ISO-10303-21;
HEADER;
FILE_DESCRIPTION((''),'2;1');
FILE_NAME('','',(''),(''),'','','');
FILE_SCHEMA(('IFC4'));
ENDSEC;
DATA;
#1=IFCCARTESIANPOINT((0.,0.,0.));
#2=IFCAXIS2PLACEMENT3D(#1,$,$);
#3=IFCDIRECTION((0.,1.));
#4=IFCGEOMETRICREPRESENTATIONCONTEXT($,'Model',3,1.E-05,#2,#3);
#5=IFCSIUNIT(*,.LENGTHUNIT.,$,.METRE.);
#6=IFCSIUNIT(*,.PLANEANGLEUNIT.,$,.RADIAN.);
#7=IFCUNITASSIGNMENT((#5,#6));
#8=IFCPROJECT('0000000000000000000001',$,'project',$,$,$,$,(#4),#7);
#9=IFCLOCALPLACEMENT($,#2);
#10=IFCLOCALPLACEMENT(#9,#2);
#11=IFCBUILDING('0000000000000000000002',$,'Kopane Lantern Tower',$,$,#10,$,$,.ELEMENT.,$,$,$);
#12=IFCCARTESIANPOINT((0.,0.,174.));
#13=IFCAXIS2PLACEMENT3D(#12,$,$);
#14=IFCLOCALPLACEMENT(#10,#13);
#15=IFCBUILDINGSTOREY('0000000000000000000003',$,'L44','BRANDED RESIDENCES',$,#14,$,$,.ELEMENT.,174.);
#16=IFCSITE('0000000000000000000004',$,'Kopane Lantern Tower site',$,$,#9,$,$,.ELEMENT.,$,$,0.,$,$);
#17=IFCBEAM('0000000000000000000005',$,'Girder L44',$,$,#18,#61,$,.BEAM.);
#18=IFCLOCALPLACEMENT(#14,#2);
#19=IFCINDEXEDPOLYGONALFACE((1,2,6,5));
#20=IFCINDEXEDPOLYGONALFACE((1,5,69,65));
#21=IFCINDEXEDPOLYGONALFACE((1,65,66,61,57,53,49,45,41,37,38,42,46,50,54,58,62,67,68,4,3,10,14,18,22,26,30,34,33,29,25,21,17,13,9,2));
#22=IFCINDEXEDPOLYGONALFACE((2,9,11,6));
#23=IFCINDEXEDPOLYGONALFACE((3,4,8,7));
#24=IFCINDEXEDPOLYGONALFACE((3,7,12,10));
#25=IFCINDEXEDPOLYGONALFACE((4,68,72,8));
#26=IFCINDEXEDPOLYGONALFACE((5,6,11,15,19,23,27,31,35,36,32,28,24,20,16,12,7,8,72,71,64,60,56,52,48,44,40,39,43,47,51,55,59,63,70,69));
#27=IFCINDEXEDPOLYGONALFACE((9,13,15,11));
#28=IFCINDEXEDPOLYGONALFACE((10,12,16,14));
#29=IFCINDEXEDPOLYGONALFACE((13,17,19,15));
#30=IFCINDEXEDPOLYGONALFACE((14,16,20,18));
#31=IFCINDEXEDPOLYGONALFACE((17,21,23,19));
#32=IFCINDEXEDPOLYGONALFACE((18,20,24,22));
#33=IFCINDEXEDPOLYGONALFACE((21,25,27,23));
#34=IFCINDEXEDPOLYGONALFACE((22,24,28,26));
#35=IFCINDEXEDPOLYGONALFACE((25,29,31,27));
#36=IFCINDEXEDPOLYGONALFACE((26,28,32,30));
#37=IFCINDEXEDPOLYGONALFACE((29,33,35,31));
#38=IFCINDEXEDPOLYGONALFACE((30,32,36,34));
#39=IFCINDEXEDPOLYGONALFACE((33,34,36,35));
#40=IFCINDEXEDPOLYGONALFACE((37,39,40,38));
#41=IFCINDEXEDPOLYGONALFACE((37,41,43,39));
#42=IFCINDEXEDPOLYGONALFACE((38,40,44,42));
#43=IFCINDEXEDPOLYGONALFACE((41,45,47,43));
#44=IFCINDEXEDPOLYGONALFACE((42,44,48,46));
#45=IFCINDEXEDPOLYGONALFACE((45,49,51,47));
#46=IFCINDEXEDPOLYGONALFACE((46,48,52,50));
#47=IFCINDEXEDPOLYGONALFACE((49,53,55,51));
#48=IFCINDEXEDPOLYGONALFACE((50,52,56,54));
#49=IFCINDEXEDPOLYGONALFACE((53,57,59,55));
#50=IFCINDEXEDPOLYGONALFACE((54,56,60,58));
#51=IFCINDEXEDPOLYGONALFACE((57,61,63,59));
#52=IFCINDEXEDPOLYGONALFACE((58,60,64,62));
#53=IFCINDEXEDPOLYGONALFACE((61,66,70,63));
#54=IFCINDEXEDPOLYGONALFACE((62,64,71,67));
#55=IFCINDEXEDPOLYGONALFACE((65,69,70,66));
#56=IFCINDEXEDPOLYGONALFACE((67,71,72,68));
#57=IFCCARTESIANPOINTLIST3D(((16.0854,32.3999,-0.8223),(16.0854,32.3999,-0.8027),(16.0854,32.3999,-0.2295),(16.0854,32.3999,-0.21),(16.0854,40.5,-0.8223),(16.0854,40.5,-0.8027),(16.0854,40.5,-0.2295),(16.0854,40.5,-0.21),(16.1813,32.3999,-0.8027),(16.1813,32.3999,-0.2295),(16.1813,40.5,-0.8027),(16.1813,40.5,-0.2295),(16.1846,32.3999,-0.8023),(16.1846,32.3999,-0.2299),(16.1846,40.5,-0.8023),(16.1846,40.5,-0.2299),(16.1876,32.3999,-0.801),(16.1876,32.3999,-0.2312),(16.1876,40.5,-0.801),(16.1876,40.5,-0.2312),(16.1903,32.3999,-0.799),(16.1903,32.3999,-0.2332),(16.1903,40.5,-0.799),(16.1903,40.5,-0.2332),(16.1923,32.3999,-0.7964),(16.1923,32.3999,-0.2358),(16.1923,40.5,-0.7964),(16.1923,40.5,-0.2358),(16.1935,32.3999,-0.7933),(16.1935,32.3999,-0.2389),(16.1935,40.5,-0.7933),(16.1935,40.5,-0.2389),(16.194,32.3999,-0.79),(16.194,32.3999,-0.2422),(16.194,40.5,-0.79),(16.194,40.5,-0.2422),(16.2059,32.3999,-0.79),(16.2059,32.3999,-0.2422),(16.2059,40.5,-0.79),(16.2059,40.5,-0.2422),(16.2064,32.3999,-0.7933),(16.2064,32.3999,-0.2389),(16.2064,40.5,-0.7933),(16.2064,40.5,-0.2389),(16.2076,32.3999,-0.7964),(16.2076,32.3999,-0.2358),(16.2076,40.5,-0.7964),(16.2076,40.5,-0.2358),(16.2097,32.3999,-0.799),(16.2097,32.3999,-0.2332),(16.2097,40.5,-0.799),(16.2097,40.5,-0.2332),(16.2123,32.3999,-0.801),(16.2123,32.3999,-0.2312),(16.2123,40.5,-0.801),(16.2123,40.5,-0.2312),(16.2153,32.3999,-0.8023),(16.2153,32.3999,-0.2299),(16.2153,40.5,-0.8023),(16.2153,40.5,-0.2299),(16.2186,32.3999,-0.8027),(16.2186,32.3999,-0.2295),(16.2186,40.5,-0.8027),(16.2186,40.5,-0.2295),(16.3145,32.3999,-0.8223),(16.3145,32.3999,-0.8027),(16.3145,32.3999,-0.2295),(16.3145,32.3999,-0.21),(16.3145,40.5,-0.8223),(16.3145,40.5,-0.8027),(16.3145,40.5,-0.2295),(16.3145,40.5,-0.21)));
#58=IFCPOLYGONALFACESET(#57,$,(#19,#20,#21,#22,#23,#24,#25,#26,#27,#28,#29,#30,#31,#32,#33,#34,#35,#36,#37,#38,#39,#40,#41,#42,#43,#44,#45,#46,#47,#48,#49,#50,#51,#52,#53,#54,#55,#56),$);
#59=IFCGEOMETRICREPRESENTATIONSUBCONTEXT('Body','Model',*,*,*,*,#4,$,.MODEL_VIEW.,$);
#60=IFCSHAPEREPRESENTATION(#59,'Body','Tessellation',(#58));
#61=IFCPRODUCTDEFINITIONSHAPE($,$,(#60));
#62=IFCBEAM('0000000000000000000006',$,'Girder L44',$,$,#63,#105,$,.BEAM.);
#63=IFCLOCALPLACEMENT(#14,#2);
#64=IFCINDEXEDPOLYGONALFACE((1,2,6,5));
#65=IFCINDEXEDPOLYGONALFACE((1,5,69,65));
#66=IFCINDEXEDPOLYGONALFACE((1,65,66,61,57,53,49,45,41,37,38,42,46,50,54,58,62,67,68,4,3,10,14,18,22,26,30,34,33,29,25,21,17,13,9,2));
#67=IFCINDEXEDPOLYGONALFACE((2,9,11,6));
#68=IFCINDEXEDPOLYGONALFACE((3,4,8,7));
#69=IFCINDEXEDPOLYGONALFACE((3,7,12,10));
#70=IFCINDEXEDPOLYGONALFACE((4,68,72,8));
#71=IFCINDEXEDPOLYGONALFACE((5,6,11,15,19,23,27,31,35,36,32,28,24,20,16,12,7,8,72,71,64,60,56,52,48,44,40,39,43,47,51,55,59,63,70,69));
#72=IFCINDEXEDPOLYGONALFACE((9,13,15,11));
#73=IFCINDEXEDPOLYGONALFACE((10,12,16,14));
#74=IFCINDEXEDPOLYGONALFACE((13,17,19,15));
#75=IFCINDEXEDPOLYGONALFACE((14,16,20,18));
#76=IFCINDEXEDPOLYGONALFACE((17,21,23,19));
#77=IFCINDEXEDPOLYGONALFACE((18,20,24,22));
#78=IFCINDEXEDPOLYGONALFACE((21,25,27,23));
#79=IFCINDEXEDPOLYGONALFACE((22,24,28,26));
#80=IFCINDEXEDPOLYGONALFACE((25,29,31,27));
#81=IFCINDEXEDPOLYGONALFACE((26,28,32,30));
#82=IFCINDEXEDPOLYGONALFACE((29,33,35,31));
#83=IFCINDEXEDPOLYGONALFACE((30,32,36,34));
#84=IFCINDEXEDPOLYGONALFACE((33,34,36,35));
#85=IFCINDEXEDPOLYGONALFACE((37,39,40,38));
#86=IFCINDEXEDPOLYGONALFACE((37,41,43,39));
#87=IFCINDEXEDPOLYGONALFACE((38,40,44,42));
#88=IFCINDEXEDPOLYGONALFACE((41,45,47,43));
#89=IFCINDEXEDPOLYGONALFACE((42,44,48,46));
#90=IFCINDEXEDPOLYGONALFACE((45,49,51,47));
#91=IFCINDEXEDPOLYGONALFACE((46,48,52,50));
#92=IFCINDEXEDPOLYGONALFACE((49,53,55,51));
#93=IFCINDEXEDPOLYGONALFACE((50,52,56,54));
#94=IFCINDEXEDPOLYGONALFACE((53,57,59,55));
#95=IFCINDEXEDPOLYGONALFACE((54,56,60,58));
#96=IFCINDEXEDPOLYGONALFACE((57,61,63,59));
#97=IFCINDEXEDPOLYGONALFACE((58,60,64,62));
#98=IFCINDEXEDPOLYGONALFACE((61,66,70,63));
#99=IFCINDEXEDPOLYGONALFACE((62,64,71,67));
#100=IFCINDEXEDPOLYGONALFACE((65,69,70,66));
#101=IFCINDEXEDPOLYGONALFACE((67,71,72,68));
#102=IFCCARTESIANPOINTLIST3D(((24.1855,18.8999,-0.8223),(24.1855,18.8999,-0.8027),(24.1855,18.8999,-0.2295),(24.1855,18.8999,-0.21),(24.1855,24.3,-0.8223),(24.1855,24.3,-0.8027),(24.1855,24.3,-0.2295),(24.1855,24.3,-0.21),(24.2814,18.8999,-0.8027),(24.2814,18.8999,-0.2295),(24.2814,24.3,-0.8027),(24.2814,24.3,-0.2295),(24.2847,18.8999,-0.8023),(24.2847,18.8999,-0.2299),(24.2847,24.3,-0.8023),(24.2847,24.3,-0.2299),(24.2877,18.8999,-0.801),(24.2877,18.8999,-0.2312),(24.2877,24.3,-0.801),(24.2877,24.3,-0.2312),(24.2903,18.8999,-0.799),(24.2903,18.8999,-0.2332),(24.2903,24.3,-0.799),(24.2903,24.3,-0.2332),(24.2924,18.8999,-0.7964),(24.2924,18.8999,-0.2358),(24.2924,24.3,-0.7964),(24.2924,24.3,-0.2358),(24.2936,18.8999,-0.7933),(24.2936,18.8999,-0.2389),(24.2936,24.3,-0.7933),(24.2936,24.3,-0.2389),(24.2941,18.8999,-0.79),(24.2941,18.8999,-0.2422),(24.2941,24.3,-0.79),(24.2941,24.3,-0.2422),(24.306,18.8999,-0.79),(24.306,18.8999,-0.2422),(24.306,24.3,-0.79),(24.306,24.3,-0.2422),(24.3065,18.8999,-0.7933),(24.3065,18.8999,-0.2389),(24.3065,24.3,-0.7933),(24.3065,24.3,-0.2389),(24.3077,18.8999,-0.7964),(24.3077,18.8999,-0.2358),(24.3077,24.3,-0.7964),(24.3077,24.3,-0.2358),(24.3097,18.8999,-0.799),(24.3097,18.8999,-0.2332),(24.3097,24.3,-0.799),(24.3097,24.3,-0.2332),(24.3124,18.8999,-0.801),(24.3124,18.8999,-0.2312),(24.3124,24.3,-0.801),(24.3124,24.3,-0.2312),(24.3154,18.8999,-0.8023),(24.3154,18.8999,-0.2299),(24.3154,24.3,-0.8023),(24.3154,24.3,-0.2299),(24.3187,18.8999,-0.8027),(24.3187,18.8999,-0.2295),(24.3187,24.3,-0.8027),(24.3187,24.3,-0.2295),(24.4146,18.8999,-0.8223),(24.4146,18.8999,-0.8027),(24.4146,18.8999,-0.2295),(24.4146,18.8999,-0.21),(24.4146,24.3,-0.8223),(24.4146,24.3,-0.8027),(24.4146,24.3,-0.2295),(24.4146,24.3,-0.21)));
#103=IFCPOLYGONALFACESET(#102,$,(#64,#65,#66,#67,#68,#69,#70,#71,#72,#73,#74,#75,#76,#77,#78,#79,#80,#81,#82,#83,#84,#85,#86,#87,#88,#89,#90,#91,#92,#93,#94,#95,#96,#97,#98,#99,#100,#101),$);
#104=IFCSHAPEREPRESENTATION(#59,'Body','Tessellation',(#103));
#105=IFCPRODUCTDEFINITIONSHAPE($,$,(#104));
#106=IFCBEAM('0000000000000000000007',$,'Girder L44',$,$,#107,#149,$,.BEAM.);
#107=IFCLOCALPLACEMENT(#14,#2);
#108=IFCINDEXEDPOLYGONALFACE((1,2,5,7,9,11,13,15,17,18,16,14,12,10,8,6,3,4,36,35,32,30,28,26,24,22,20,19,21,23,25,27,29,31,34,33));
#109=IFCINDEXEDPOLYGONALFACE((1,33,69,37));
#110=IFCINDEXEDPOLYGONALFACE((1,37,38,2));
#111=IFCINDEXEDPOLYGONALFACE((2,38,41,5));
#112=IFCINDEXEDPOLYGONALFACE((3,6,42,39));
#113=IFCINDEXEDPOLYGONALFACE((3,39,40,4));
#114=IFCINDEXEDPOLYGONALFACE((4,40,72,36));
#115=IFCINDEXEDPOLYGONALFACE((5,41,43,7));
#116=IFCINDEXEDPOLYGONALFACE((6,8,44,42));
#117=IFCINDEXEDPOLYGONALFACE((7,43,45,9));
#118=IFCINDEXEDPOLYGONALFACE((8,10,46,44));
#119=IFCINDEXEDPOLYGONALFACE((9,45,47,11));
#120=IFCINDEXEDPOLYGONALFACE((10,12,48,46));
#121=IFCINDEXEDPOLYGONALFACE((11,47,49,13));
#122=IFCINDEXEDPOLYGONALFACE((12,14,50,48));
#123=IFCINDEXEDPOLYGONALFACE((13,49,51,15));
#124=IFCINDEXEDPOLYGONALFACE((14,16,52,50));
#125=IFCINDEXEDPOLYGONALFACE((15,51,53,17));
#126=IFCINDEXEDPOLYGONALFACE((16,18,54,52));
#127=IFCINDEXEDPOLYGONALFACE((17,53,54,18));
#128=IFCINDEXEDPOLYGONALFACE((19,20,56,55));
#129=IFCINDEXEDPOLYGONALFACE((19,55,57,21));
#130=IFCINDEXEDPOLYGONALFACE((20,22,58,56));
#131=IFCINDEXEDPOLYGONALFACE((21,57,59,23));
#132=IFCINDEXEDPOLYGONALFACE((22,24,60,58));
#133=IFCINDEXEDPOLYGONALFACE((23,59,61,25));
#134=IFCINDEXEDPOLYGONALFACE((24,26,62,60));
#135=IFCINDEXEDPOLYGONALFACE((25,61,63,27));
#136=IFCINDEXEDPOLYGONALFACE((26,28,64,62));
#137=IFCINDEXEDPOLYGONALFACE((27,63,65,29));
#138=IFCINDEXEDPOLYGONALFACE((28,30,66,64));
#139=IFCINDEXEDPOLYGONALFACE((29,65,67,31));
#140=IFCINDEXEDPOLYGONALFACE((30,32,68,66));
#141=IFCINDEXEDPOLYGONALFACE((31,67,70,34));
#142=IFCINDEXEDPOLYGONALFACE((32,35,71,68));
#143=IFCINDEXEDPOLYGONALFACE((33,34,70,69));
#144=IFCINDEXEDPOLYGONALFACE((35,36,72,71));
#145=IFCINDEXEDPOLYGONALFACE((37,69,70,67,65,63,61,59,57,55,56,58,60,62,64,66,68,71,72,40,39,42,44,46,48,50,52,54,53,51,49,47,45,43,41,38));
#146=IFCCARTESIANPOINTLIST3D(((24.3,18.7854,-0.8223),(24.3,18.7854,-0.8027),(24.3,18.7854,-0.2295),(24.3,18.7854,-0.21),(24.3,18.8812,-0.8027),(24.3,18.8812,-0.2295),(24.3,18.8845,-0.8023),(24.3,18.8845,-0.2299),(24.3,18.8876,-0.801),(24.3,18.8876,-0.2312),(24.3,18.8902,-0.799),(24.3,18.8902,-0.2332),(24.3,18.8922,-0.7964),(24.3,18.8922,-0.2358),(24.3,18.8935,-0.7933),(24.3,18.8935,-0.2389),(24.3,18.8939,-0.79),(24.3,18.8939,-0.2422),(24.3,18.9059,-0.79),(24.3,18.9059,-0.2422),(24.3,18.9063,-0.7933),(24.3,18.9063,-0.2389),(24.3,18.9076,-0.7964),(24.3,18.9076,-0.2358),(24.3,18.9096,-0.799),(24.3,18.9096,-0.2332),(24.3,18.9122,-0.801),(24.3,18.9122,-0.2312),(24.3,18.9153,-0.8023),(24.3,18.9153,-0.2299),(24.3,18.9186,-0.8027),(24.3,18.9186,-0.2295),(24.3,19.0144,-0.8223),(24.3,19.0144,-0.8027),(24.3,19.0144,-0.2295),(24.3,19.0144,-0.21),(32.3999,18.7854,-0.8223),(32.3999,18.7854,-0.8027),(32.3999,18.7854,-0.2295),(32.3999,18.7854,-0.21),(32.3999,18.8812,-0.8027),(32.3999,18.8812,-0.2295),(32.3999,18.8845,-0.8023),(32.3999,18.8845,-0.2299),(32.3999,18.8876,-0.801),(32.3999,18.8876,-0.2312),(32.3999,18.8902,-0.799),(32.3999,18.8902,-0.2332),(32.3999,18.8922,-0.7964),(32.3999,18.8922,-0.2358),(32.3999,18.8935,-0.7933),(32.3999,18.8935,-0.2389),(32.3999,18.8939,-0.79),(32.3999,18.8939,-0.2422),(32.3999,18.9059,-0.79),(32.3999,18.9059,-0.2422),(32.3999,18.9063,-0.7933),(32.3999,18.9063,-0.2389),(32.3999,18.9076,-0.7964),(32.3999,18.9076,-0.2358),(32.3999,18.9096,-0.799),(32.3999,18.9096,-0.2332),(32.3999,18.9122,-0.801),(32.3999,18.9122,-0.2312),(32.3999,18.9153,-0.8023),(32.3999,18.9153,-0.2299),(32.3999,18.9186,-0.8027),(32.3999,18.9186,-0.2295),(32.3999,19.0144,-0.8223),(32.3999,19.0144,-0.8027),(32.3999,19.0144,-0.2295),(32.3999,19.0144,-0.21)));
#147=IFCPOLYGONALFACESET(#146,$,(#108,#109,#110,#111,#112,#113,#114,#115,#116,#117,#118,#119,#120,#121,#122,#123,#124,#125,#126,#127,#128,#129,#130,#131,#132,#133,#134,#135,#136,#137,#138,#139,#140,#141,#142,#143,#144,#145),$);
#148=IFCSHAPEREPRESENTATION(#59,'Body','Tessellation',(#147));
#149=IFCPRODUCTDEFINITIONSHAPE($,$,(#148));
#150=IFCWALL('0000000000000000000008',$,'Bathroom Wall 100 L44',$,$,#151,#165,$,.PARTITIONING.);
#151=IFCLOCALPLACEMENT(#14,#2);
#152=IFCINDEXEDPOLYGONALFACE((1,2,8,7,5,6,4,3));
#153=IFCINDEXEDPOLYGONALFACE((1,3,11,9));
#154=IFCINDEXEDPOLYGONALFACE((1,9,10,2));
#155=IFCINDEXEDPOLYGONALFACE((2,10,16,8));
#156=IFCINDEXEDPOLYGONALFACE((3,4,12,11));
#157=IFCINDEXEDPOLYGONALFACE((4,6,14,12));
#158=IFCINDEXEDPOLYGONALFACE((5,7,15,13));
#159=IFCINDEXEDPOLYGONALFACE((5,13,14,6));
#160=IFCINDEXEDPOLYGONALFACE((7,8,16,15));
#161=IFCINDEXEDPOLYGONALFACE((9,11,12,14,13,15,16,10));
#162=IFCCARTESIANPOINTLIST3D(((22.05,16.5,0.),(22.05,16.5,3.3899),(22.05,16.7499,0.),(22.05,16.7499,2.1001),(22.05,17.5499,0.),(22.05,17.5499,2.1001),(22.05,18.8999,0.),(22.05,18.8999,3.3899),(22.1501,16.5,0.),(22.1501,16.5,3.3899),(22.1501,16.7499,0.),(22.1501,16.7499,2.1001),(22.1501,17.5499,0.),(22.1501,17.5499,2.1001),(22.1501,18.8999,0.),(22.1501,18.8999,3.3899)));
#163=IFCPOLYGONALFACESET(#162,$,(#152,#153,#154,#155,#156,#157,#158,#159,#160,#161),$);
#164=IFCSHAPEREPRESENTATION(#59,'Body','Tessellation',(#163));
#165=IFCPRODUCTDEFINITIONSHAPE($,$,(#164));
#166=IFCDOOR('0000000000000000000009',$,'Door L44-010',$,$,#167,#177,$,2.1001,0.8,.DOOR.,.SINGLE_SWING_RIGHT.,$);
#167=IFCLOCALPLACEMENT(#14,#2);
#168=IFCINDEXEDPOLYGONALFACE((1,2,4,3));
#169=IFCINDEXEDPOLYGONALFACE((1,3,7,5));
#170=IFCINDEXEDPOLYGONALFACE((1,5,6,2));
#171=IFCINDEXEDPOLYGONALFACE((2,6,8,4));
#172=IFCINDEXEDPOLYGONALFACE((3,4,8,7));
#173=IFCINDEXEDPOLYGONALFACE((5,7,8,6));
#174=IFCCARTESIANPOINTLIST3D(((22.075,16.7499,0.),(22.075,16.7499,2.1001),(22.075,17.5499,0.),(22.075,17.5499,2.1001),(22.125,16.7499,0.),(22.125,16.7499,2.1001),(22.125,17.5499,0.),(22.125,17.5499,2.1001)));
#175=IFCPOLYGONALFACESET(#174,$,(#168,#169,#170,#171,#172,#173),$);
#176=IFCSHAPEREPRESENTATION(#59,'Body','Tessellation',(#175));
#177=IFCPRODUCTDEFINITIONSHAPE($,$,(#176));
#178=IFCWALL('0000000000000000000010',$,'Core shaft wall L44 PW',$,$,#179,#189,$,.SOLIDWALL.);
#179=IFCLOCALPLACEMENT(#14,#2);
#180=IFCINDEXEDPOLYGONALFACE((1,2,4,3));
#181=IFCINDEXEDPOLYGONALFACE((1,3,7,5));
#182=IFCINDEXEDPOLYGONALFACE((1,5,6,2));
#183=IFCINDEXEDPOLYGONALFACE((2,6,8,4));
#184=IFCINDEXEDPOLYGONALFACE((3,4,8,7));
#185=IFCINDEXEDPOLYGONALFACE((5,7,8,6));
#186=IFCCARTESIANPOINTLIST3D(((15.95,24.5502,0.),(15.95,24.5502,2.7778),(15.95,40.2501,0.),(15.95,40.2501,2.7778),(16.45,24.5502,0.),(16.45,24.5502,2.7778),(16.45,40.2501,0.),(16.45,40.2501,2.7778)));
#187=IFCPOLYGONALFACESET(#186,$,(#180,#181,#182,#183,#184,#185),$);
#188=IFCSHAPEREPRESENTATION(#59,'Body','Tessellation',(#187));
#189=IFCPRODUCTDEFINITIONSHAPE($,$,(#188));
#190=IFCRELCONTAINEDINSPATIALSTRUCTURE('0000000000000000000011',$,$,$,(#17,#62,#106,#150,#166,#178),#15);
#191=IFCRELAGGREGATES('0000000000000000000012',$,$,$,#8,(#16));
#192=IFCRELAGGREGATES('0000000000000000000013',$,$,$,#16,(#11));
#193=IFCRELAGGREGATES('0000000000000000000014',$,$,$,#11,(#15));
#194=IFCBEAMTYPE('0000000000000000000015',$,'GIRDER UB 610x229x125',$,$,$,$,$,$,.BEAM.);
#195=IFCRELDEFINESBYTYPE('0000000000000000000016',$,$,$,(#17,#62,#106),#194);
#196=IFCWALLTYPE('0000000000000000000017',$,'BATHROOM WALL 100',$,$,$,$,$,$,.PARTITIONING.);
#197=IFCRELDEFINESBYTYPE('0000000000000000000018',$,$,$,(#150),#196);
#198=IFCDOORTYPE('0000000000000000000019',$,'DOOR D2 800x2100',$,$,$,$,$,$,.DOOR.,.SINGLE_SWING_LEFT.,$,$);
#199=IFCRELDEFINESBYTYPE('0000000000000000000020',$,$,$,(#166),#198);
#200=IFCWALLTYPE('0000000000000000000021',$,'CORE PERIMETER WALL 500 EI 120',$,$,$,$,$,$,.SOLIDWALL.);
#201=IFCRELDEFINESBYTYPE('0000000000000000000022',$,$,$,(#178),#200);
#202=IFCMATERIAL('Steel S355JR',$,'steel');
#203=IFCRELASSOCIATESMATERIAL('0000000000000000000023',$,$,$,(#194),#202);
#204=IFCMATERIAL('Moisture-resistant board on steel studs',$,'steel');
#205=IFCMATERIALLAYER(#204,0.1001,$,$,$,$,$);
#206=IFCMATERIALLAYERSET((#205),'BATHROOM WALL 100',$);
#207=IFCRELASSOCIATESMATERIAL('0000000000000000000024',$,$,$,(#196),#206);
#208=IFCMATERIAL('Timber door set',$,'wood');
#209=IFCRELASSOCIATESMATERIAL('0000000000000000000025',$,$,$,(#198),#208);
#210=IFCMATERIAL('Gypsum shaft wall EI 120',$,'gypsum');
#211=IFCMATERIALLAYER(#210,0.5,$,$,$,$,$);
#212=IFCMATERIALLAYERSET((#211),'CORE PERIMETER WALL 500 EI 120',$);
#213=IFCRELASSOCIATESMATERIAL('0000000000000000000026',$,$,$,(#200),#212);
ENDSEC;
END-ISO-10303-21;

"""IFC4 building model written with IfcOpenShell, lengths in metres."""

from ifc_helpers import new_model, si_unit, direction, frame, frame_2d, origin, origin_2d, place, context, subcontext, project, spatial, rectangle, i_section, extrude, material, layer, layer_set, material_profile, profile_set, type_object, element, fill, save


model = new_model("IFC4")

# Units and contexts
model_context = context("Model", 3, precision=1e-05, world=origin(), true_north=direction((0.0, 1.0)))
body_context = subcontext(model_context, "Body", "Model", "MODEL_VIEW")
ifc_project = project(units=[si_unit("LENGTHUNIT", "METRE"), si_unit("PLANEANGLEUNIT", "RADIAN")], contexts=[model_context])

# Site, building, storey
site_placement = place(None, origin())
site = spatial("IfcSite", under=ifc_project, at=site_placement, Name="Kopane Lantern Tower site", CompositionType="ELEMENT", RefElevation=0.0)
building_placement = place(site_placement, origin())
building = spatial("IfcBuilding", under=site, at=building_placement, Name="Kopane Lantern Tower", CompositionType="ELEMENT")
storey_placement = place(building_placement, frame((0.0, 0.0, 174.0)))
storey = spatial("IfcBuildingStorey", under=building, at=storey_placement, Name="L44", Description="BRANDED RESIDENCES", CompositionType="ELEMENT", Elevation=174.0)

# Beams
ifc_material_1 = material(Name="Steel S355JR", Category="steel")
ifc_material_profile_1 = material_profile(ifc_material_1, i_section(OverallWidth=0.229, OverallDepth=0.6123, WebThickness=0.012, FlangeThickness=0.0195, FilletRadius=0.0127, at=origin_2d()), Name="UB 610x229x125")
ifc_profile_set_1 = profile_set([ifc_material_profile_1], Name="Steel S355JR")
beam_type_1 = type_object("IfcBeamType", Name="GIRDER UB 610x229x125", PredefinedType="BEAM", material=ifc_profile_set_1)
beam_1_placement = place(storey_placement, frame((16.2, 32.3999, -0.5161), z_axis=(0.0, 1.0, 0.0), x_axis=(-1.0, 0.0, 0.0)))
element("IfcBeam", 1, at=beam_1_placement, inside=storey, type_object=beam_type_1, Name="Girder L44", PredefinedType="BEAM", context=body_context, shape_type="SweptSolid", body=[
    extrude(i_section(OverallWidth=0.229, OverallDepth=0.6123, WebThickness=0.012, FlangeThickness=0.0195, FilletRadius=0.0127, at=origin_2d()), origin(), (0.0, 0.0, 1.0), 8.1001),
])
beam_2_placement = place(storey_placement, frame((24.3, 18.8999, -0.5161), z_axis=(0.0, 1.0, 0.0), x_axis=(-1.0, 0.0, 0.0)))
element("IfcBeam", 2, at=beam_2_placement, inside=storey, type_object=beam_type_1, Name="Girder L44", PredefinedType="BEAM", context=body_context, shape_type="SweptSolid", body=[
    extrude(i_section(OverallWidth=0.229, OverallDepth=0.6123, WebThickness=0.012, FlangeThickness=0.0195, FilletRadius=0.0127, at=origin_2d()), origin(), (0.0, 0.0, 1.0), 5.4001),
])
beam_3_placement = place(storey_placement, frame((24.3, 18.8999, -0.5161), z_axis=(1.0, 0.0, 0.0), x_axis=(0.0, 1.0, 0.0)))
element("IfcBeam", 3, at=beam_3_placement, inside=storey, type_object=beam_type_1, Name="Girder L44", PredefinedType="BEAM", context=body_context, shape_type="SweptSolid", body=[
    extrude(i_section(OverallWidth=0.229, OverallDepth=0.6123, WebThickness=0.012, FlangeThickness=0.0195, FilletRadius=0.0127, at=origin_2d()), origin(), (0.0, 0.0, 1.0), 8.0999),
])

# Wall, opening, door
ifc_material_2 = material(Name="Moisture-resistant board on steel studs", Category="steel")
ifc_layer_1 = layer(ifc_material_2, 0.1001)
ifc_layer_set_1 = layer_set([ifc_layer_1], Name="BATHROOM WALL 100")
wall_type_1 = type_object("IfcWallType", Name="BATHROOM WALL 100", PredefinedType="PARTITIONING", material=ifc_layer_set_1)
wall_1_placement = place(storey_placement, frame((22.1001, 18.8999, 0.0), z_axis=(0.0, 0.0, 1.0), x_axis=(0.0, -1.0, 0.0)))
wall_1 = element("IfcWall", 4, at=wall_1_placement, inside=storey, type_object=wall_type_1, Name="Bathroom Wall 100 L44", PredefinedType="PARTITIONING", context=body_context, shape_type="SweptSolid", body=[
    extrude(rectangle(XDim=2.3999, YDim=0.1001, at=frame_2d((1.2, 0.0))), origin(), (0.0, 0.0, 1.0), 3.3899),
])
opening_1_placement = place(wall_1_placement, frame((1.3501, 0.0, 0.0)))
opening_1 = element("IfcOpeningElement", 5, at=opening_1_placement, cuts=wall_1, PredefinedType="OPENING", context=body_context, shape_type="SweptSolid", body=[
    extrude(rectangle(XDim=0.8, YDim=2.1001, at=frame_2d((0.3999, 1.05))), frame((0.0, 0.0601, 0.0), z_axis=(0.0, -1.0, 0.0), x_axis=(1.0, 0.0, 0.0)), (0.0, 0.0, 1.0), 0.1201),
])
ifc_material_3 = material(Name="Timber door set", Category="wood")
door_type_1 = type_object("IfcDoorType", Name="DOOR D2 800x2100", OperationType="SINGLE_SWING_LEFT", PredefinedType="DOOR", material=ifc_material_3)
door_1_placement = place(opening_1_placement, origin())
door_1 = element("IfcDoor", 6, at=door_1_placement, inside=storey, type_object=door_type_1, Name="Door L44-010", OperationType="SINGLE_SWING_RIGHT", OverallHeight=2.1001, OverallWidth=0.8, PredefinedType="DOOR", context=body_context, shape_type="SweptSolid", body=[
    extrude(rectangle(XDim=0.8, YDim=2.1001, at=frame_2d((0.3999, 1.05))), frame((0.0, 0.0249, 0.0), z_axis=(0.0, -1.0, 0.0), x_axis=(1.0, 0.0, 0.0)), (0.0, 0.0, 1.0), 0.05),
])
fill(opening_1, door_1)

# Wall
ifc_material_4 = material(Name="Gypsum shaft wall EI 120", Category="gypsum")
ifc_layer_2 = layer(ifc_material_4, 0.5)
ifc_layer_set_2 = layer_set([ifc_layer_2], Name="CORE PERIMETER WALL 500 EI 120")
wall_type_2 = type_object("IfcWallType", Name="CORE PERIMETER WALL 500 EI 120", PredefinedType="SOLIDWALL", material=ifc_layer_set_2)
wall_2_placement = place(storey_placement, frame((16.2, 24.55, 0.0), z_axis=(0.0, 0.0, 1.0), x_axis=(0.0, 1.0, 0.0)))
element("IfcWall", 7, at=wall_2_placement, inside=storey, type_object=wall_type_2, Name="Core shaft wall L44 PW", PredefinedType="SOLIDWALL", context=body_context, shape_type="SweptSolid", body=[
    extrude(rectangle(XDim=15.7, YDim=0.5, at=frame_2d((7.8501, 0.0))), origin(), (0.0, 0.0, 1.0), 2.7778),
])

save(model, "model.ifc")
